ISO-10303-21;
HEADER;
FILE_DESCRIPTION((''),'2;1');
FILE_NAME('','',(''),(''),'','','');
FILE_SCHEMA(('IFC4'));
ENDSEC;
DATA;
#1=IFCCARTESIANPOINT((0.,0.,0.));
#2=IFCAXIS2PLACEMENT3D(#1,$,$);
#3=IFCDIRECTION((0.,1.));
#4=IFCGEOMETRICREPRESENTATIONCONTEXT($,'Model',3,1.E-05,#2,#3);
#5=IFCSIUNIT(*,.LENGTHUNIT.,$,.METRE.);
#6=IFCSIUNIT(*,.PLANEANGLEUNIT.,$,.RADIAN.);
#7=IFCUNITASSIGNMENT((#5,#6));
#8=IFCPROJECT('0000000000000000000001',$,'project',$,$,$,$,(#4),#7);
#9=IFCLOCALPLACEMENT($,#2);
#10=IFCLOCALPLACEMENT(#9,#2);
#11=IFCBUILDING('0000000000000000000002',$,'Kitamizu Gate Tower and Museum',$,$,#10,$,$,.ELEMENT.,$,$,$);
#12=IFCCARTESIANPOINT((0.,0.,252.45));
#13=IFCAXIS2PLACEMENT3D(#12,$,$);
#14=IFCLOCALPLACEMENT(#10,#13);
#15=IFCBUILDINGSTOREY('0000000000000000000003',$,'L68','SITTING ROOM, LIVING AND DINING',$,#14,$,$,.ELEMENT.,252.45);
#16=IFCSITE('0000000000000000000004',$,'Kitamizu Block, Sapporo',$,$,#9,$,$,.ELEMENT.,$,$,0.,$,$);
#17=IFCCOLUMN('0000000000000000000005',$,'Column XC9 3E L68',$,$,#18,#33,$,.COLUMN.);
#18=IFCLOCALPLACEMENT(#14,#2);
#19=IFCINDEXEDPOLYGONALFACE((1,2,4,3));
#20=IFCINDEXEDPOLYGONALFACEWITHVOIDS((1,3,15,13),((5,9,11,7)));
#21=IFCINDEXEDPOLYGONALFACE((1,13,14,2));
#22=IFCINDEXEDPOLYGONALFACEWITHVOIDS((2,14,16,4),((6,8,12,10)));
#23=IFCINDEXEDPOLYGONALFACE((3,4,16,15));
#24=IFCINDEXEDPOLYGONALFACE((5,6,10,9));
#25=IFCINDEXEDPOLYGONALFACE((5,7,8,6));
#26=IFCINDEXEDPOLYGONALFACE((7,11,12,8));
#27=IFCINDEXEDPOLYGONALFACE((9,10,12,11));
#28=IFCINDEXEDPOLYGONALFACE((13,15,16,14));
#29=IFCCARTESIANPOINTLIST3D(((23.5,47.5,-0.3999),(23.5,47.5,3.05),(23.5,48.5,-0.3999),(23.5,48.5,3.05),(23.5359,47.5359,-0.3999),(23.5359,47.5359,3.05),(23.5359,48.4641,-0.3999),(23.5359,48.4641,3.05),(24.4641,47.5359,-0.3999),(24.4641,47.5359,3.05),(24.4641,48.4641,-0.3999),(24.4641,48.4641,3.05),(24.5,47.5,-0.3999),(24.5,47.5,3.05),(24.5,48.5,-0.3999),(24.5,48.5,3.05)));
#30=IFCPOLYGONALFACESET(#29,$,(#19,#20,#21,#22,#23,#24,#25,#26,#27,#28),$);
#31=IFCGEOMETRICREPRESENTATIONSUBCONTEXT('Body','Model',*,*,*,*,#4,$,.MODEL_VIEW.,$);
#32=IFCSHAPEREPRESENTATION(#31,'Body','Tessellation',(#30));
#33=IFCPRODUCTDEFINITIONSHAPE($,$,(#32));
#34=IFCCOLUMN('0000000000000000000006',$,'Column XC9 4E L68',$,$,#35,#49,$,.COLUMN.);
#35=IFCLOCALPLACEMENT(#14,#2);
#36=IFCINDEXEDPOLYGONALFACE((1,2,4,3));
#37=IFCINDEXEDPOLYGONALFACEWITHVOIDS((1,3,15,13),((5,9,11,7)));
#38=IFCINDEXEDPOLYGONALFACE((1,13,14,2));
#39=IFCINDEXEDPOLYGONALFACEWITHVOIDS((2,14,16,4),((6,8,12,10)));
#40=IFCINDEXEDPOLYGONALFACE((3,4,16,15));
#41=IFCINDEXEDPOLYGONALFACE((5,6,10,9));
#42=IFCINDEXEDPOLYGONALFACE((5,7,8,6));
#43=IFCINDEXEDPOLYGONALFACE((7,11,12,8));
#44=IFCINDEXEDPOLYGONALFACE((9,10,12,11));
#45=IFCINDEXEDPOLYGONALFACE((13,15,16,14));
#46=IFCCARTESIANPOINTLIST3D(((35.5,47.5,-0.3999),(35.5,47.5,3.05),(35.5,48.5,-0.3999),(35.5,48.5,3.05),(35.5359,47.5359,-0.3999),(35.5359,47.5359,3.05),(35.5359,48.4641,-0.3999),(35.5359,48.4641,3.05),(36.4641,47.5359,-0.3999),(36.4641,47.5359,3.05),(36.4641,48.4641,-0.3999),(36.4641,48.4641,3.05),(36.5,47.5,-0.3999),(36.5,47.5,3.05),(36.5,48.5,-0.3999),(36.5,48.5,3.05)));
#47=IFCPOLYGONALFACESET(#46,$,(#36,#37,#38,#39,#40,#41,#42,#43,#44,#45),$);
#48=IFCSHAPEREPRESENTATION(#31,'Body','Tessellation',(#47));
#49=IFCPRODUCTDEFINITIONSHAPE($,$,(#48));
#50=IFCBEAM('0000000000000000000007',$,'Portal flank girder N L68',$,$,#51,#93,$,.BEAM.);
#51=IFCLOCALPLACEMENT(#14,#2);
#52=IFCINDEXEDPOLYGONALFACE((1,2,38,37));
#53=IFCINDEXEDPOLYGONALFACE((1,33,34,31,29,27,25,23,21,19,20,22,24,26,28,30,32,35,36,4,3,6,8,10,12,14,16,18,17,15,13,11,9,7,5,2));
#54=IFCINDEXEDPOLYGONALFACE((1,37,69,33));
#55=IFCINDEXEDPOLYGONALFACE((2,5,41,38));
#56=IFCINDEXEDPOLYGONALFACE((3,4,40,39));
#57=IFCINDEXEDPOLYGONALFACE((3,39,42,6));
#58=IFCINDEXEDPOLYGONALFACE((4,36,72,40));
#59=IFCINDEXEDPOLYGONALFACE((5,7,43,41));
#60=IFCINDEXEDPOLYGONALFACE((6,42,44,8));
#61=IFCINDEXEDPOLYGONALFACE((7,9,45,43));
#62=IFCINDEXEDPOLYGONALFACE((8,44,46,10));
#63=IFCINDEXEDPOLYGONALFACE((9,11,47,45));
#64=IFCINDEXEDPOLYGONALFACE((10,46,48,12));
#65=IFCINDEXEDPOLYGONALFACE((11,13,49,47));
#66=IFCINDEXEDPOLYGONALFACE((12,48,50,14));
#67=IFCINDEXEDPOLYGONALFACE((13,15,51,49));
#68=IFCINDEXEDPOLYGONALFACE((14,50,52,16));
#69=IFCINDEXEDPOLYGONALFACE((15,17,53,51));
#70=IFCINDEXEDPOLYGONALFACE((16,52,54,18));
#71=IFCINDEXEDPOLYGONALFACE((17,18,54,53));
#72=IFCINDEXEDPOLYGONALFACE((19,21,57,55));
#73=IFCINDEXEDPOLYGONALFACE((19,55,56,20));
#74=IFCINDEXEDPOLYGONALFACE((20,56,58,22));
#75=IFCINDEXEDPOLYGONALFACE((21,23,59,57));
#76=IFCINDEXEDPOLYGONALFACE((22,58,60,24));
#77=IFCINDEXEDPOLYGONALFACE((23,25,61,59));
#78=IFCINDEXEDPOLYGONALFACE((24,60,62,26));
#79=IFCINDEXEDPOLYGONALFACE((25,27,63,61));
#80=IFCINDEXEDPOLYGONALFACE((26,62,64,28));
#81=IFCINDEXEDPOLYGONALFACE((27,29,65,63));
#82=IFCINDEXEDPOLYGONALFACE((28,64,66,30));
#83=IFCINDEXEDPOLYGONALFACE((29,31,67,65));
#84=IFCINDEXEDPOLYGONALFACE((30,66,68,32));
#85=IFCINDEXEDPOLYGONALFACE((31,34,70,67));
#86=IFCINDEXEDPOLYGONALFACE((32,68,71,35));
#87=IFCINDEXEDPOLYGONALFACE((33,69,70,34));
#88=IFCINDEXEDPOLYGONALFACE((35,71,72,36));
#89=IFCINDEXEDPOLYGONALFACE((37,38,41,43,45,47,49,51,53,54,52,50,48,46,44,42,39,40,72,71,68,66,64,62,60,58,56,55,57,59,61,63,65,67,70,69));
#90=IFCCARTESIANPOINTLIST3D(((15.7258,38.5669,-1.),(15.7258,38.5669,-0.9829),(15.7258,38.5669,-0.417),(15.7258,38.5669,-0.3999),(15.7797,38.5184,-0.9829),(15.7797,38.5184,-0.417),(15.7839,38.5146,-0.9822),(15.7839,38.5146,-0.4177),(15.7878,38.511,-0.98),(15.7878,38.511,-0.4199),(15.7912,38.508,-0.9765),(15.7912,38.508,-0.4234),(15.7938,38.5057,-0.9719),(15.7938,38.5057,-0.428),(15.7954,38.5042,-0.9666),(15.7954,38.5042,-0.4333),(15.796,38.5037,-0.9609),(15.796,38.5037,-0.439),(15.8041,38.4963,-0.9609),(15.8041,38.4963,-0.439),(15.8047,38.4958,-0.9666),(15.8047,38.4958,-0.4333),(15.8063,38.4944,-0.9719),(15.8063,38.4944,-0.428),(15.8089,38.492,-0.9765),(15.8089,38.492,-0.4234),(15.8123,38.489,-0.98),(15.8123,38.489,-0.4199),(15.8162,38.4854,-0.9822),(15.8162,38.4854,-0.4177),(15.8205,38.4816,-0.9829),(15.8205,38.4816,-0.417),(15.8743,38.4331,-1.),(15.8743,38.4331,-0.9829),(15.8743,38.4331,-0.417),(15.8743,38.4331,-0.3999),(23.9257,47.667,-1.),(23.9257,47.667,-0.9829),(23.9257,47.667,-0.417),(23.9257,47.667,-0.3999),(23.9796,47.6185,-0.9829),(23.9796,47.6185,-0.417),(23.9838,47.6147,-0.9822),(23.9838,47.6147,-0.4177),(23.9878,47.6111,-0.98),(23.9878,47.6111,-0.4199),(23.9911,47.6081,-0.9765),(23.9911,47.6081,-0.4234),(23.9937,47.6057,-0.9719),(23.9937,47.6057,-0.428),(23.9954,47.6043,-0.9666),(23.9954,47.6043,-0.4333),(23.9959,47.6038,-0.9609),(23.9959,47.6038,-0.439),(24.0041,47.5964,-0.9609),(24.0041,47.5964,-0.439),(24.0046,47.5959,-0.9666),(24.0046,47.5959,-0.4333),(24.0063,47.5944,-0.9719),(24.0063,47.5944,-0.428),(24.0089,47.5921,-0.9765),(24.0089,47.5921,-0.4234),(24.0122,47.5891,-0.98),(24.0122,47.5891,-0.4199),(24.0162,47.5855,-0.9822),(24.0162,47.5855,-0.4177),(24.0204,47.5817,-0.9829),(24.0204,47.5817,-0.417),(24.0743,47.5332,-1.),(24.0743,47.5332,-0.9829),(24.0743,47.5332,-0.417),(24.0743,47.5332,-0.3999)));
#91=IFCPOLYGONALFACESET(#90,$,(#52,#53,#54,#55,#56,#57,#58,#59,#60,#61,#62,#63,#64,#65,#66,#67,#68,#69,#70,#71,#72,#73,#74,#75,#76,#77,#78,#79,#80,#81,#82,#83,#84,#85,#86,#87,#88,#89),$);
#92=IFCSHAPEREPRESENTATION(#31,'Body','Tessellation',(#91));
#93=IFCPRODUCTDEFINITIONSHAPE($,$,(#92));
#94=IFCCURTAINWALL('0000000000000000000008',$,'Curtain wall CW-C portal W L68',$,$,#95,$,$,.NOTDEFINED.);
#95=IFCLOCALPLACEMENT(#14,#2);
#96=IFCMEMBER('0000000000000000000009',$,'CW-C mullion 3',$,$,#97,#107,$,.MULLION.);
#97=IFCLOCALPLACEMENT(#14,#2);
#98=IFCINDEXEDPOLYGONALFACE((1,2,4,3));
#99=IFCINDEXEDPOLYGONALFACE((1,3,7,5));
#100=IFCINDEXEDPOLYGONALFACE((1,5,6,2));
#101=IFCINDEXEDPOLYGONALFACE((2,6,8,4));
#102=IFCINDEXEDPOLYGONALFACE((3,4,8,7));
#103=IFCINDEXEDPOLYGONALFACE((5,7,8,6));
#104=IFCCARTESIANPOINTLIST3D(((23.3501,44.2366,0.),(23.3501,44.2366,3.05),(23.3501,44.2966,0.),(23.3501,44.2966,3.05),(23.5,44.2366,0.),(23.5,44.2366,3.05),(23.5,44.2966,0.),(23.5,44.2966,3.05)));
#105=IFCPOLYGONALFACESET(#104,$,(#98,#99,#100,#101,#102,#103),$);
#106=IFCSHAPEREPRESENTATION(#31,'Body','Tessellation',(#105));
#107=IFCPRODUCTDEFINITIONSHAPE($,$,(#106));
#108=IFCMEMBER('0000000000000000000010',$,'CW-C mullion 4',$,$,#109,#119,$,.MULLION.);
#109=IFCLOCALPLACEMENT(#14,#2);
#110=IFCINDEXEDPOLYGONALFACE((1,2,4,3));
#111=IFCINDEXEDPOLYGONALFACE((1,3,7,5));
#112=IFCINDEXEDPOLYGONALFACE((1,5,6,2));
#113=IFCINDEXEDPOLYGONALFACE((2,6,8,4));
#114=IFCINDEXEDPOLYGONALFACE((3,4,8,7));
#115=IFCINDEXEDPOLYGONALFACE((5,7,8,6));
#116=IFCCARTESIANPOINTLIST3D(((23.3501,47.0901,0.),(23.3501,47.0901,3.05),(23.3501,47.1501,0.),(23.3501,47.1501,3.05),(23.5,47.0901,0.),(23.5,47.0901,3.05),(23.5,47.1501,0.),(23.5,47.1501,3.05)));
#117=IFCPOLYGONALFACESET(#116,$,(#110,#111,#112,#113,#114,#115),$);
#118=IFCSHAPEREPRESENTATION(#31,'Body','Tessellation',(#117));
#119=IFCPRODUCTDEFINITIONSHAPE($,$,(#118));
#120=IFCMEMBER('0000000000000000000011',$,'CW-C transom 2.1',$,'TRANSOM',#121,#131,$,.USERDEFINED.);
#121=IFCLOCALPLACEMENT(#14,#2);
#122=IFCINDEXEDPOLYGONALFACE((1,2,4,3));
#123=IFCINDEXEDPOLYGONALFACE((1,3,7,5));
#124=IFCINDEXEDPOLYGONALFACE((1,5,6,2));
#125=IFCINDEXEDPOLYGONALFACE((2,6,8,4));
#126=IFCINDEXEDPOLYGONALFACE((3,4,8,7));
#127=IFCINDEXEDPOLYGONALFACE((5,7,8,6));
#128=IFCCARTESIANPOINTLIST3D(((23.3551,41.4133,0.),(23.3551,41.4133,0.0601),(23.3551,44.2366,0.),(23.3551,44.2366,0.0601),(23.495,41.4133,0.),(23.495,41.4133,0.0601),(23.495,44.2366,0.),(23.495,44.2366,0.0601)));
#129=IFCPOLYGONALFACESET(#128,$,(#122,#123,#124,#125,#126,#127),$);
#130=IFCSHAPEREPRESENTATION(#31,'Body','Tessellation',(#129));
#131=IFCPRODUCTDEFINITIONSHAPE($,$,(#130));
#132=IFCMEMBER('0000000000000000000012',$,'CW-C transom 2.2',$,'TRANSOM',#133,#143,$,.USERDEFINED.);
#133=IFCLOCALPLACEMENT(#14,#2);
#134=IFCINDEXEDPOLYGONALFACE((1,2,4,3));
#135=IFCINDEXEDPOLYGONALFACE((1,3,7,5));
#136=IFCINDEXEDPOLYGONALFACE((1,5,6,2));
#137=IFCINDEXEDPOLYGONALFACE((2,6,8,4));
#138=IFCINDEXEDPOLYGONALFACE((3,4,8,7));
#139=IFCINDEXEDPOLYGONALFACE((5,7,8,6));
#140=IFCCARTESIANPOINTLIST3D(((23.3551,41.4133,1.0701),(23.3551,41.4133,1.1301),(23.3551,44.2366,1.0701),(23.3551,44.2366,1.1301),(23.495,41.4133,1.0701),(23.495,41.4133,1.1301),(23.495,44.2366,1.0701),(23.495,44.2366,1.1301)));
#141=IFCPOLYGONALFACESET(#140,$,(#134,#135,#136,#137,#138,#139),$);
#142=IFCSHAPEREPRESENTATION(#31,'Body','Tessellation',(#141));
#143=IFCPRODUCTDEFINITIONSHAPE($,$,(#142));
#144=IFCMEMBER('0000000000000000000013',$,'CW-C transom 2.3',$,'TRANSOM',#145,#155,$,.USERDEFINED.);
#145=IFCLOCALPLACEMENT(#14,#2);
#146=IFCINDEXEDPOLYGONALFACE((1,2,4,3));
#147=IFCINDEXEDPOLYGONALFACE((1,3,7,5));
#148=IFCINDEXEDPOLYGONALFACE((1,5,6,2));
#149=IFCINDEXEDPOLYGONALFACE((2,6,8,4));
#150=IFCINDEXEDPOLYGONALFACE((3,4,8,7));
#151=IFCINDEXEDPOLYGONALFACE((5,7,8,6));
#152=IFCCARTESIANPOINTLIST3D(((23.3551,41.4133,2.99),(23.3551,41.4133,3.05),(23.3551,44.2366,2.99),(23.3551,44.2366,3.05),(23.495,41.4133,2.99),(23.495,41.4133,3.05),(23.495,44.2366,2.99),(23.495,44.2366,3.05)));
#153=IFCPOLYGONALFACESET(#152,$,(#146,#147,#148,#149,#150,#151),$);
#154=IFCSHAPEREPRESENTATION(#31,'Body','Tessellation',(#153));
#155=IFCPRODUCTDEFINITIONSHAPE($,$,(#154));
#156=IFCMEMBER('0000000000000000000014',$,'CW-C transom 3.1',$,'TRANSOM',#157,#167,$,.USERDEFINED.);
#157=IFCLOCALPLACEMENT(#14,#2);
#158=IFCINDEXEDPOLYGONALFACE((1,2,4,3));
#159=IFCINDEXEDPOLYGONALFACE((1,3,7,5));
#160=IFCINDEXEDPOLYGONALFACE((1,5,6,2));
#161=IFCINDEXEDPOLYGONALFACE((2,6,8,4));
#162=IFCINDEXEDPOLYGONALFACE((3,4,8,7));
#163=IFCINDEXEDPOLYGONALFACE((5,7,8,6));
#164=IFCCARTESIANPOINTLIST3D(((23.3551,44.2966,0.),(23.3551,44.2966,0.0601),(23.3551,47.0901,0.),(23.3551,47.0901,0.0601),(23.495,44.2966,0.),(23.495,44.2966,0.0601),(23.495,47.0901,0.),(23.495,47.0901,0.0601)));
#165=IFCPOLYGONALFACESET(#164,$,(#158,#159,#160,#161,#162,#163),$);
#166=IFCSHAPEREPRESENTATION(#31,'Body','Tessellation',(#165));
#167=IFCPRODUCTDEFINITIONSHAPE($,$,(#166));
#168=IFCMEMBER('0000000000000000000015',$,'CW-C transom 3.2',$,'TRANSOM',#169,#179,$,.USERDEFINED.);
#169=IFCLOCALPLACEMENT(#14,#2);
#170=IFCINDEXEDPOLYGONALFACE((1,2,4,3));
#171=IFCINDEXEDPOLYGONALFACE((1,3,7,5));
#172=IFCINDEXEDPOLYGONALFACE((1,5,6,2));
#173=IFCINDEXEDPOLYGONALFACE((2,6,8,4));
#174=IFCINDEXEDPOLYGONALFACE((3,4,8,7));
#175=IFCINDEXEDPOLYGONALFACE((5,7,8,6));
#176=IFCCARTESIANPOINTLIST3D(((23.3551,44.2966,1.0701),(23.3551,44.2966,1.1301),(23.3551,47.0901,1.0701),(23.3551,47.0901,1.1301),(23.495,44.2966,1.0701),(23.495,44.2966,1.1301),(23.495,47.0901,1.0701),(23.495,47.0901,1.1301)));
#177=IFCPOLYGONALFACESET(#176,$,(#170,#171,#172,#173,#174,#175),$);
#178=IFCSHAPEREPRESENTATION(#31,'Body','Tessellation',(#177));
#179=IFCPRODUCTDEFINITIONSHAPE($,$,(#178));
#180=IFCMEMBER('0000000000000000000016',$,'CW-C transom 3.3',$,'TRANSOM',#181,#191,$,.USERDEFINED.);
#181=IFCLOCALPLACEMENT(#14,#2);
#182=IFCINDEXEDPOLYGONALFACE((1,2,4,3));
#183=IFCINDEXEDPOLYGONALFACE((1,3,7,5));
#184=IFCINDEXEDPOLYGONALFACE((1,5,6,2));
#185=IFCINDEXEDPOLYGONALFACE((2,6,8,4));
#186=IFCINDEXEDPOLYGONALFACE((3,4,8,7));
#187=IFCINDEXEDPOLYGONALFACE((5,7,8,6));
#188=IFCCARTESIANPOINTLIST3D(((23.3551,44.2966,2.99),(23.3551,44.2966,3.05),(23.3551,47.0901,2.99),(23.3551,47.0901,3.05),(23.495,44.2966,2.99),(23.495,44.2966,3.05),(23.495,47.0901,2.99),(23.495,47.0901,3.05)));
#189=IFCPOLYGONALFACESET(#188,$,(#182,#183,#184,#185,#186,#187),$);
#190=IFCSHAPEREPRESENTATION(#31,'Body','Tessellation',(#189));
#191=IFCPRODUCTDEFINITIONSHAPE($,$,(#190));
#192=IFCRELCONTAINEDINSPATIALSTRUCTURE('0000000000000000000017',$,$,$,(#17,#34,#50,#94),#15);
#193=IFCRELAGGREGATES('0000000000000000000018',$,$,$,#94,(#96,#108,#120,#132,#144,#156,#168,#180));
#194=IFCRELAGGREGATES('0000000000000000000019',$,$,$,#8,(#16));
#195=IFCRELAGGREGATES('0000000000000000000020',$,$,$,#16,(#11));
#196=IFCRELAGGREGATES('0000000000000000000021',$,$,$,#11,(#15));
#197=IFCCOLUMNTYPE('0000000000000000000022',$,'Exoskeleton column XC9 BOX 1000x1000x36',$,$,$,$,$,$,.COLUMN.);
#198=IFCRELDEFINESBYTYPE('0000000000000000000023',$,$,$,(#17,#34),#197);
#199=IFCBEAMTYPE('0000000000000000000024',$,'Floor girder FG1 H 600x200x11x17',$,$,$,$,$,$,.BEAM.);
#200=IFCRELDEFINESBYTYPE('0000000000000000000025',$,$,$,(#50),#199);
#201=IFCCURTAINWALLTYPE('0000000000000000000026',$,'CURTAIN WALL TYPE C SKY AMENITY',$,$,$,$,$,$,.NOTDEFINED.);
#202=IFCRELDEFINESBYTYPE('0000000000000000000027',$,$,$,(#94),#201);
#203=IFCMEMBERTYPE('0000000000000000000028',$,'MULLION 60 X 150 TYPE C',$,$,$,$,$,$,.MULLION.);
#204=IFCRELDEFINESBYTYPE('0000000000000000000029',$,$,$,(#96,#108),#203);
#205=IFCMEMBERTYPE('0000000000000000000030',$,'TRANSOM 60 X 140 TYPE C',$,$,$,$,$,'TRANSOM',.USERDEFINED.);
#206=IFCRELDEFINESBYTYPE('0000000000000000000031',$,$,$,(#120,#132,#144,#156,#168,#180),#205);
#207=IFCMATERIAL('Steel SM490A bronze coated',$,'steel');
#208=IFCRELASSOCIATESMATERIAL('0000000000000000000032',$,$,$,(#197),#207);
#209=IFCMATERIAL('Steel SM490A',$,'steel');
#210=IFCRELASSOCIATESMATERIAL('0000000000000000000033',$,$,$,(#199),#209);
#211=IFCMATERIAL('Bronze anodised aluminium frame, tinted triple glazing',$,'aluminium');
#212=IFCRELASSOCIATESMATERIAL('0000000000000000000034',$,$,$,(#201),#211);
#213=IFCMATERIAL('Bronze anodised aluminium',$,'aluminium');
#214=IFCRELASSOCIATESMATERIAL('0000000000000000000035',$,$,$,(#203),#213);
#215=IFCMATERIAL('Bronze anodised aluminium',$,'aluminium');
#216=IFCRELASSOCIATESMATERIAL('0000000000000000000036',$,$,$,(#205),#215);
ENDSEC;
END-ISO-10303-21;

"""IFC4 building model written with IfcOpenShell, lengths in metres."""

from ifc_helpers import new_model, si_unit, direction, frame, origin, origin_2d, place, context, subcontext, project, spatial, rectangle, hollow_rectangle, i_section, extrude, material, material_profile, profile_set, type_object, element, aggregate, save


model = new_model("IFC4")

# Units and contexts
model_context = context("Model", 3, precision=1e-05, world=origin(), true_north=direction((0.0, 1.0)))
body_context = subcontext(model_context, "Body", "Model", "MODEL_VIEW")
ifc_project = project(units=[si_unit("LENGTHUNIT", "METRE"), si_unit("PLANEANGLEUNIT", "RADIAN")], contexts=[model_context])

# Site, building, storey
site_placement = place(None, origin())
site = spatial("IfcSite", under=ifc_project, at=site_placement, Name="Kitamizu Block, Sapporo", CompositionType="ELEMENT", RefElevation=0.0)
building_placement = place(site_placement, origin())
building = spatial("IfcBuilding", under=site, at=building_placement, Name="Kitamizu Gate Tower and Museum", CompositionType="ELEMENT")
storey_placement = place(building_placement, frame((0.0, 0.0, 252.45)))
storey = spatial("IfcBuildingStorey", under=building, at=storey_placement, Name="L68", Description="SITTING ROOM, LIVING AND DINING", CompositionType="ELEMENT", Elevation=252.45)

# Columns
ifc_material_1 = material(Name="Steel SM490A bronze coated", Category="steel")
ifc_material_profile_1 = material_profile(ifc_material_1, hollow_rectangle(XDim=1.0, YDim=1.0, WallThickness=0.0359, at=origin_2d()), Name="BOX 1000x1000x36")
ifc_profile_set_1 = profile_set([ifc_material_profile_1], Name="Steel SM490A bronze coated")
column_type = type_object("IfcColumnType", Name="Exoskeleton column XC9 BOX 1000x1000x36", PredefinedType="COLUMN", material=ifc_profile_set_1)
for number, where, z_axis, x_axis, name in (
    (1, (24.0, 48.0, -0.3999), (0.0, 0.0, 1.0), (1.0, 0.0, 0.0), "Column XC9 3E L68"),
    (2, (36.0, 48.0, -0.3999), (0.0, 0.0, 1.0), (1.0, 0.0, 0.0), "Column XC9 4E L68"),
):
    element("IfcColumn", number, at=place(storey_placement, frame(where, z_axis=z_axis, x_axis=x_axis)), inside=storey, type_object=column_type, Name=name, PredefinedType="COLUMN", context=body_context, shape_type="SweptSolid", body=[
        extrude(hollow_rectangle(XDim=1.0, YDim=1.0, WallThickness=0.0359, at=origin_2d()), origin(), (0.0, 0.0, 1.0), 3.45),
    ])

# Beam
ifc_material_2 = material(Name="Steel SM490A", Category="steel")
ifc_material_profile_2 = material_profile(ifc_material_2, i_section(OverallWidth=0.2, OverallDepth=0.6001, WebThickness=0.011, FlangeThickness=0.0171, FilletRadius=0.022, at=origin_2d()), Name="H-600x200x11x17")
ifc_profile_set_2 = profile_set([ifc_material_profile_2], Name="Steel SM490A")
beam_type = type_object("IfcBeamType", Name="Floor girder FG1 H 600x200x11x17", PredefinedType="BEAM", material=ifc_profile_set_2)
beam_placement = place(storey_placement, frame((24.0, 47.6001, -0.7), z_axis=(-0.669409, -0.742894, 0.0), x_axis=(0.742894, -0.669409, 0.0)))
element("IfcBeam", 3, at=beam_placement, inside=storey, type_object=beam_type, Name="Portal flank girder N L68", PredefinedType="BEAM", context=body_context, shape_type="SweptSolid", body=[
    extrude(i_section(OverallWidth=0.2, OverallDepth=0.6001, WebThickness=0.011, FlangeThickness=0.0171, FilletRadius=0.022, at=origin_2d()), origin(), (0.0, 0.0, 1.0), 12.2495),
])

# Curtain wall, members
ifc_material_3 = material(Name="Bronze anodised aluminium frame, tinted triple glazing", Category="aluminium")
curtain_wall_type = type_object("IfcCurtainWallType", Name="CURTAIN WALL TYPE C SKY AMENITY", PredefinedType="NOTDEFINED", material=ifc_material_3)
curtain_wall_placement = place(storey_placement, origin())
curtain_wall = element("IfcCurtainWall", 4, at=curtain_wall_placement, inside=storey, type_object=curtain_wall_type, Name="Curtain wall CW-C portal W L68", PredefinedType="NOTDEFINED")
ifc_material_4 = material(Name="Bronze anodised aluminium", Category="aluminium")
ifc_material_profile_3 = material_profile(ifc_material_4, rectangle(XDim=0.0601, YDim=0.1499, at=origin_2d()), Name="AL 60X150")
ifc_profile_set_3 = profile_set([ifc_material_profile_3], Name="Bronze anodised aluminium")
member_type_1 = type_object("IfcMemberType", Name="MULLION 60 X 150 TYPE C", PredefinedType="MULLION", material=ifc_profile_set_3)
member_1_placement = place(storey_placement, frame((23.425, 44.2666, 0.0), z_axis=(0.0, 0.0, 1.0), x_axis=(0.0, 1.0, 0.0)))
member_1 = element("IfcMember", 5, at=member_1_placement, type_object=member_type_1, Name="CW-C mullion 3", PredefinedType="MULLION", context=body_context, shape_type="SweptSolid", body=[
    extrude(rectangle(XDim=0.0601, YDim=0.1499, at=origin_2d()), origin(), (0.0, 0.0, 1.0), 3.05),
])
member_2_placement = place(storey_placement, frame((23.425, 47.1201, 0.0), z_axis=(0.0, 0.0, 1.0), x_axis=(0.0, 1.0, 0.0)))
member_2 = element("IfcMember", 6, at=member_2_placement, type_object=member_type_1, Name="CW-C mullion 4", PredefinedType="MULLION", context=body_context, shape_type="SweptSolid", body=[
    extrude(rectangle(XDim=0.0601, YDim=0.1499, at=origin_2d()), origin(), (0.0, 0.0, 1.0), 3.05),
])
ifc_material_5 = material(Name="Bronze anodised aluminium", Category="aluminium")
ifc_material_profile_4 = material_profile(ifc_material_5, rectangle(XDim=0.1399, YDim=0.0601, at=origin_2d()), Name="AL 60X140")
ifc_profile_set_4 = profile_set([ifc_material_profile_4], Name="Bronze anodised aluminium")
member_type_2 = type_object("IfcMemberType", Name="TRANSOM 60 X 140 TYPE C", ElementType="TRANSOM", PredefinedType="USERDEFINED", material=ifc_profile_set_4)
member_3_placement = place(storey_placement, frame((23.425, 41.4133, 0.03), z_axis=(0.0, 1.0, 0.0), x_axis=(-1.0, 0.0, 0.0)))
member_3 = element("IfcMember", 7, at=member_3_placement, type_object=member_type_2, Name="CW-C transom 2.1", ObjectType="TRANSOM", PredefinedType="USERDEFINED", context=body_context, shape_type="SweptSolid", body=[
    extrude(rectangle(XDim=0.1399, YDim=0.0601, at=origin_2d()), origin(), (0.0, 0.0, 1.0), 2.8232),
])
member_4_placement = place(storey_placement, frame((23.425, 41.4133, 1.1001), z_axis=(0.0, 1.0, 0.0), x_axis=(-1.0, 0.0, 0.0)))
member_4 = element("IfcMember", 8, at=member_4_placement, type_object=member_type_2, Name="CW-C transom 2.2", ObjectType="TRANSOM", PredefinedType="USERDEFINED", context=body_context, shape_type="SweptSolid", body=[
    extrude(rectangle(XDim=0.1399, YDim=0.0601, at=origin_2d()), origin(), (0.0, 0.0, 1.0), 2.8232),
])
member_5_placement = place(storey_placement, frame((23.425, 41.4133, 3.02), z_axis=(0.0, 1.0, 0.0), x_axis=(-1.0, 0.0, 0.0)))
member_5 = element("IfcMember", 9, at=member_5_placement, type_object=member_type_2, Name="CW-C transom 2.3", ObjectType="TRANSOM", PredefinedType="USERDEFINED", context=body_context, shape_type="SweptSolid", body=[
    extrude(rectangle(XDim=0.1399, YDim=0.0601, at=origin_2d()), origin(), (0.0, 0.0, 1.0), 2.8232),
])
member_6_placement = place(storey_placement, frame((23.425, 44.2966, 0.03), z_axis=(0.0, 1.0, 0.0), x_axis=(-1.0, 0.0, 0.0)))
member_6 = element("IfcMember", 10, at=member_6_placement, type_object=member_type_2, Name="CW-C transom 3.1", ObjectType="TRANSOM", PredefinedType="USERDEFINED", context=body_context, shape_type="SweptSolid", body=[
    extrude(rectangle(XDim=0.1399, YDim=0.0601, at=origin_2d()), origin(), (0.0, 0.0, 1.0), 2.7935),
])
member_7_placement = place(storey_placement, frame((23.425, 44.2966, 1.1001), z_axis=(0.0, 1.0, 0.0), x_axis=(-1.0, 0.0, 0.0)))
member_7 = element("IfcMember", 11, at=member_7_placement, type_object=member_type_2, Name="CW-C transom 3.2", ObjectType="TRANSOM", PredefinedType="USERDEFINED", context=body_context, shape_type="SweptSolid", body=[
    extrude(rectangle(XDim=0.1399, YDim=0.0601, at=origin_2d()), origin(), (0.0, 0.0, 1.0), 2.7935),
])
member_8_placement = place(storey_placement, frame((23.425, 44.2966, 3.02), z_axis=(0.0, 1.0, 0.0), x_axis=(-1.0, 0.0, 0.0)))
member_8 = element("IfcMember", 12, at=member_8_placement, type_object=member_type_2, Name="CW-C transom 3.3", ObjectType="TRANSOM", PredefinedType="USERDEFINED", context=body_context, shape_type="SweptSolid", body=[
    extrude(rectangle(XDim=0.1399, YDim=0.0601, at=origin_2d()), origin(), (0.0, 0.0, 1.0), 2.7935),
])
aggregate(curtain_wall, [member_1, member_2, member_3, member_4, member_5, member_6, member_7, member_8])

save(model, "model.ifc")
